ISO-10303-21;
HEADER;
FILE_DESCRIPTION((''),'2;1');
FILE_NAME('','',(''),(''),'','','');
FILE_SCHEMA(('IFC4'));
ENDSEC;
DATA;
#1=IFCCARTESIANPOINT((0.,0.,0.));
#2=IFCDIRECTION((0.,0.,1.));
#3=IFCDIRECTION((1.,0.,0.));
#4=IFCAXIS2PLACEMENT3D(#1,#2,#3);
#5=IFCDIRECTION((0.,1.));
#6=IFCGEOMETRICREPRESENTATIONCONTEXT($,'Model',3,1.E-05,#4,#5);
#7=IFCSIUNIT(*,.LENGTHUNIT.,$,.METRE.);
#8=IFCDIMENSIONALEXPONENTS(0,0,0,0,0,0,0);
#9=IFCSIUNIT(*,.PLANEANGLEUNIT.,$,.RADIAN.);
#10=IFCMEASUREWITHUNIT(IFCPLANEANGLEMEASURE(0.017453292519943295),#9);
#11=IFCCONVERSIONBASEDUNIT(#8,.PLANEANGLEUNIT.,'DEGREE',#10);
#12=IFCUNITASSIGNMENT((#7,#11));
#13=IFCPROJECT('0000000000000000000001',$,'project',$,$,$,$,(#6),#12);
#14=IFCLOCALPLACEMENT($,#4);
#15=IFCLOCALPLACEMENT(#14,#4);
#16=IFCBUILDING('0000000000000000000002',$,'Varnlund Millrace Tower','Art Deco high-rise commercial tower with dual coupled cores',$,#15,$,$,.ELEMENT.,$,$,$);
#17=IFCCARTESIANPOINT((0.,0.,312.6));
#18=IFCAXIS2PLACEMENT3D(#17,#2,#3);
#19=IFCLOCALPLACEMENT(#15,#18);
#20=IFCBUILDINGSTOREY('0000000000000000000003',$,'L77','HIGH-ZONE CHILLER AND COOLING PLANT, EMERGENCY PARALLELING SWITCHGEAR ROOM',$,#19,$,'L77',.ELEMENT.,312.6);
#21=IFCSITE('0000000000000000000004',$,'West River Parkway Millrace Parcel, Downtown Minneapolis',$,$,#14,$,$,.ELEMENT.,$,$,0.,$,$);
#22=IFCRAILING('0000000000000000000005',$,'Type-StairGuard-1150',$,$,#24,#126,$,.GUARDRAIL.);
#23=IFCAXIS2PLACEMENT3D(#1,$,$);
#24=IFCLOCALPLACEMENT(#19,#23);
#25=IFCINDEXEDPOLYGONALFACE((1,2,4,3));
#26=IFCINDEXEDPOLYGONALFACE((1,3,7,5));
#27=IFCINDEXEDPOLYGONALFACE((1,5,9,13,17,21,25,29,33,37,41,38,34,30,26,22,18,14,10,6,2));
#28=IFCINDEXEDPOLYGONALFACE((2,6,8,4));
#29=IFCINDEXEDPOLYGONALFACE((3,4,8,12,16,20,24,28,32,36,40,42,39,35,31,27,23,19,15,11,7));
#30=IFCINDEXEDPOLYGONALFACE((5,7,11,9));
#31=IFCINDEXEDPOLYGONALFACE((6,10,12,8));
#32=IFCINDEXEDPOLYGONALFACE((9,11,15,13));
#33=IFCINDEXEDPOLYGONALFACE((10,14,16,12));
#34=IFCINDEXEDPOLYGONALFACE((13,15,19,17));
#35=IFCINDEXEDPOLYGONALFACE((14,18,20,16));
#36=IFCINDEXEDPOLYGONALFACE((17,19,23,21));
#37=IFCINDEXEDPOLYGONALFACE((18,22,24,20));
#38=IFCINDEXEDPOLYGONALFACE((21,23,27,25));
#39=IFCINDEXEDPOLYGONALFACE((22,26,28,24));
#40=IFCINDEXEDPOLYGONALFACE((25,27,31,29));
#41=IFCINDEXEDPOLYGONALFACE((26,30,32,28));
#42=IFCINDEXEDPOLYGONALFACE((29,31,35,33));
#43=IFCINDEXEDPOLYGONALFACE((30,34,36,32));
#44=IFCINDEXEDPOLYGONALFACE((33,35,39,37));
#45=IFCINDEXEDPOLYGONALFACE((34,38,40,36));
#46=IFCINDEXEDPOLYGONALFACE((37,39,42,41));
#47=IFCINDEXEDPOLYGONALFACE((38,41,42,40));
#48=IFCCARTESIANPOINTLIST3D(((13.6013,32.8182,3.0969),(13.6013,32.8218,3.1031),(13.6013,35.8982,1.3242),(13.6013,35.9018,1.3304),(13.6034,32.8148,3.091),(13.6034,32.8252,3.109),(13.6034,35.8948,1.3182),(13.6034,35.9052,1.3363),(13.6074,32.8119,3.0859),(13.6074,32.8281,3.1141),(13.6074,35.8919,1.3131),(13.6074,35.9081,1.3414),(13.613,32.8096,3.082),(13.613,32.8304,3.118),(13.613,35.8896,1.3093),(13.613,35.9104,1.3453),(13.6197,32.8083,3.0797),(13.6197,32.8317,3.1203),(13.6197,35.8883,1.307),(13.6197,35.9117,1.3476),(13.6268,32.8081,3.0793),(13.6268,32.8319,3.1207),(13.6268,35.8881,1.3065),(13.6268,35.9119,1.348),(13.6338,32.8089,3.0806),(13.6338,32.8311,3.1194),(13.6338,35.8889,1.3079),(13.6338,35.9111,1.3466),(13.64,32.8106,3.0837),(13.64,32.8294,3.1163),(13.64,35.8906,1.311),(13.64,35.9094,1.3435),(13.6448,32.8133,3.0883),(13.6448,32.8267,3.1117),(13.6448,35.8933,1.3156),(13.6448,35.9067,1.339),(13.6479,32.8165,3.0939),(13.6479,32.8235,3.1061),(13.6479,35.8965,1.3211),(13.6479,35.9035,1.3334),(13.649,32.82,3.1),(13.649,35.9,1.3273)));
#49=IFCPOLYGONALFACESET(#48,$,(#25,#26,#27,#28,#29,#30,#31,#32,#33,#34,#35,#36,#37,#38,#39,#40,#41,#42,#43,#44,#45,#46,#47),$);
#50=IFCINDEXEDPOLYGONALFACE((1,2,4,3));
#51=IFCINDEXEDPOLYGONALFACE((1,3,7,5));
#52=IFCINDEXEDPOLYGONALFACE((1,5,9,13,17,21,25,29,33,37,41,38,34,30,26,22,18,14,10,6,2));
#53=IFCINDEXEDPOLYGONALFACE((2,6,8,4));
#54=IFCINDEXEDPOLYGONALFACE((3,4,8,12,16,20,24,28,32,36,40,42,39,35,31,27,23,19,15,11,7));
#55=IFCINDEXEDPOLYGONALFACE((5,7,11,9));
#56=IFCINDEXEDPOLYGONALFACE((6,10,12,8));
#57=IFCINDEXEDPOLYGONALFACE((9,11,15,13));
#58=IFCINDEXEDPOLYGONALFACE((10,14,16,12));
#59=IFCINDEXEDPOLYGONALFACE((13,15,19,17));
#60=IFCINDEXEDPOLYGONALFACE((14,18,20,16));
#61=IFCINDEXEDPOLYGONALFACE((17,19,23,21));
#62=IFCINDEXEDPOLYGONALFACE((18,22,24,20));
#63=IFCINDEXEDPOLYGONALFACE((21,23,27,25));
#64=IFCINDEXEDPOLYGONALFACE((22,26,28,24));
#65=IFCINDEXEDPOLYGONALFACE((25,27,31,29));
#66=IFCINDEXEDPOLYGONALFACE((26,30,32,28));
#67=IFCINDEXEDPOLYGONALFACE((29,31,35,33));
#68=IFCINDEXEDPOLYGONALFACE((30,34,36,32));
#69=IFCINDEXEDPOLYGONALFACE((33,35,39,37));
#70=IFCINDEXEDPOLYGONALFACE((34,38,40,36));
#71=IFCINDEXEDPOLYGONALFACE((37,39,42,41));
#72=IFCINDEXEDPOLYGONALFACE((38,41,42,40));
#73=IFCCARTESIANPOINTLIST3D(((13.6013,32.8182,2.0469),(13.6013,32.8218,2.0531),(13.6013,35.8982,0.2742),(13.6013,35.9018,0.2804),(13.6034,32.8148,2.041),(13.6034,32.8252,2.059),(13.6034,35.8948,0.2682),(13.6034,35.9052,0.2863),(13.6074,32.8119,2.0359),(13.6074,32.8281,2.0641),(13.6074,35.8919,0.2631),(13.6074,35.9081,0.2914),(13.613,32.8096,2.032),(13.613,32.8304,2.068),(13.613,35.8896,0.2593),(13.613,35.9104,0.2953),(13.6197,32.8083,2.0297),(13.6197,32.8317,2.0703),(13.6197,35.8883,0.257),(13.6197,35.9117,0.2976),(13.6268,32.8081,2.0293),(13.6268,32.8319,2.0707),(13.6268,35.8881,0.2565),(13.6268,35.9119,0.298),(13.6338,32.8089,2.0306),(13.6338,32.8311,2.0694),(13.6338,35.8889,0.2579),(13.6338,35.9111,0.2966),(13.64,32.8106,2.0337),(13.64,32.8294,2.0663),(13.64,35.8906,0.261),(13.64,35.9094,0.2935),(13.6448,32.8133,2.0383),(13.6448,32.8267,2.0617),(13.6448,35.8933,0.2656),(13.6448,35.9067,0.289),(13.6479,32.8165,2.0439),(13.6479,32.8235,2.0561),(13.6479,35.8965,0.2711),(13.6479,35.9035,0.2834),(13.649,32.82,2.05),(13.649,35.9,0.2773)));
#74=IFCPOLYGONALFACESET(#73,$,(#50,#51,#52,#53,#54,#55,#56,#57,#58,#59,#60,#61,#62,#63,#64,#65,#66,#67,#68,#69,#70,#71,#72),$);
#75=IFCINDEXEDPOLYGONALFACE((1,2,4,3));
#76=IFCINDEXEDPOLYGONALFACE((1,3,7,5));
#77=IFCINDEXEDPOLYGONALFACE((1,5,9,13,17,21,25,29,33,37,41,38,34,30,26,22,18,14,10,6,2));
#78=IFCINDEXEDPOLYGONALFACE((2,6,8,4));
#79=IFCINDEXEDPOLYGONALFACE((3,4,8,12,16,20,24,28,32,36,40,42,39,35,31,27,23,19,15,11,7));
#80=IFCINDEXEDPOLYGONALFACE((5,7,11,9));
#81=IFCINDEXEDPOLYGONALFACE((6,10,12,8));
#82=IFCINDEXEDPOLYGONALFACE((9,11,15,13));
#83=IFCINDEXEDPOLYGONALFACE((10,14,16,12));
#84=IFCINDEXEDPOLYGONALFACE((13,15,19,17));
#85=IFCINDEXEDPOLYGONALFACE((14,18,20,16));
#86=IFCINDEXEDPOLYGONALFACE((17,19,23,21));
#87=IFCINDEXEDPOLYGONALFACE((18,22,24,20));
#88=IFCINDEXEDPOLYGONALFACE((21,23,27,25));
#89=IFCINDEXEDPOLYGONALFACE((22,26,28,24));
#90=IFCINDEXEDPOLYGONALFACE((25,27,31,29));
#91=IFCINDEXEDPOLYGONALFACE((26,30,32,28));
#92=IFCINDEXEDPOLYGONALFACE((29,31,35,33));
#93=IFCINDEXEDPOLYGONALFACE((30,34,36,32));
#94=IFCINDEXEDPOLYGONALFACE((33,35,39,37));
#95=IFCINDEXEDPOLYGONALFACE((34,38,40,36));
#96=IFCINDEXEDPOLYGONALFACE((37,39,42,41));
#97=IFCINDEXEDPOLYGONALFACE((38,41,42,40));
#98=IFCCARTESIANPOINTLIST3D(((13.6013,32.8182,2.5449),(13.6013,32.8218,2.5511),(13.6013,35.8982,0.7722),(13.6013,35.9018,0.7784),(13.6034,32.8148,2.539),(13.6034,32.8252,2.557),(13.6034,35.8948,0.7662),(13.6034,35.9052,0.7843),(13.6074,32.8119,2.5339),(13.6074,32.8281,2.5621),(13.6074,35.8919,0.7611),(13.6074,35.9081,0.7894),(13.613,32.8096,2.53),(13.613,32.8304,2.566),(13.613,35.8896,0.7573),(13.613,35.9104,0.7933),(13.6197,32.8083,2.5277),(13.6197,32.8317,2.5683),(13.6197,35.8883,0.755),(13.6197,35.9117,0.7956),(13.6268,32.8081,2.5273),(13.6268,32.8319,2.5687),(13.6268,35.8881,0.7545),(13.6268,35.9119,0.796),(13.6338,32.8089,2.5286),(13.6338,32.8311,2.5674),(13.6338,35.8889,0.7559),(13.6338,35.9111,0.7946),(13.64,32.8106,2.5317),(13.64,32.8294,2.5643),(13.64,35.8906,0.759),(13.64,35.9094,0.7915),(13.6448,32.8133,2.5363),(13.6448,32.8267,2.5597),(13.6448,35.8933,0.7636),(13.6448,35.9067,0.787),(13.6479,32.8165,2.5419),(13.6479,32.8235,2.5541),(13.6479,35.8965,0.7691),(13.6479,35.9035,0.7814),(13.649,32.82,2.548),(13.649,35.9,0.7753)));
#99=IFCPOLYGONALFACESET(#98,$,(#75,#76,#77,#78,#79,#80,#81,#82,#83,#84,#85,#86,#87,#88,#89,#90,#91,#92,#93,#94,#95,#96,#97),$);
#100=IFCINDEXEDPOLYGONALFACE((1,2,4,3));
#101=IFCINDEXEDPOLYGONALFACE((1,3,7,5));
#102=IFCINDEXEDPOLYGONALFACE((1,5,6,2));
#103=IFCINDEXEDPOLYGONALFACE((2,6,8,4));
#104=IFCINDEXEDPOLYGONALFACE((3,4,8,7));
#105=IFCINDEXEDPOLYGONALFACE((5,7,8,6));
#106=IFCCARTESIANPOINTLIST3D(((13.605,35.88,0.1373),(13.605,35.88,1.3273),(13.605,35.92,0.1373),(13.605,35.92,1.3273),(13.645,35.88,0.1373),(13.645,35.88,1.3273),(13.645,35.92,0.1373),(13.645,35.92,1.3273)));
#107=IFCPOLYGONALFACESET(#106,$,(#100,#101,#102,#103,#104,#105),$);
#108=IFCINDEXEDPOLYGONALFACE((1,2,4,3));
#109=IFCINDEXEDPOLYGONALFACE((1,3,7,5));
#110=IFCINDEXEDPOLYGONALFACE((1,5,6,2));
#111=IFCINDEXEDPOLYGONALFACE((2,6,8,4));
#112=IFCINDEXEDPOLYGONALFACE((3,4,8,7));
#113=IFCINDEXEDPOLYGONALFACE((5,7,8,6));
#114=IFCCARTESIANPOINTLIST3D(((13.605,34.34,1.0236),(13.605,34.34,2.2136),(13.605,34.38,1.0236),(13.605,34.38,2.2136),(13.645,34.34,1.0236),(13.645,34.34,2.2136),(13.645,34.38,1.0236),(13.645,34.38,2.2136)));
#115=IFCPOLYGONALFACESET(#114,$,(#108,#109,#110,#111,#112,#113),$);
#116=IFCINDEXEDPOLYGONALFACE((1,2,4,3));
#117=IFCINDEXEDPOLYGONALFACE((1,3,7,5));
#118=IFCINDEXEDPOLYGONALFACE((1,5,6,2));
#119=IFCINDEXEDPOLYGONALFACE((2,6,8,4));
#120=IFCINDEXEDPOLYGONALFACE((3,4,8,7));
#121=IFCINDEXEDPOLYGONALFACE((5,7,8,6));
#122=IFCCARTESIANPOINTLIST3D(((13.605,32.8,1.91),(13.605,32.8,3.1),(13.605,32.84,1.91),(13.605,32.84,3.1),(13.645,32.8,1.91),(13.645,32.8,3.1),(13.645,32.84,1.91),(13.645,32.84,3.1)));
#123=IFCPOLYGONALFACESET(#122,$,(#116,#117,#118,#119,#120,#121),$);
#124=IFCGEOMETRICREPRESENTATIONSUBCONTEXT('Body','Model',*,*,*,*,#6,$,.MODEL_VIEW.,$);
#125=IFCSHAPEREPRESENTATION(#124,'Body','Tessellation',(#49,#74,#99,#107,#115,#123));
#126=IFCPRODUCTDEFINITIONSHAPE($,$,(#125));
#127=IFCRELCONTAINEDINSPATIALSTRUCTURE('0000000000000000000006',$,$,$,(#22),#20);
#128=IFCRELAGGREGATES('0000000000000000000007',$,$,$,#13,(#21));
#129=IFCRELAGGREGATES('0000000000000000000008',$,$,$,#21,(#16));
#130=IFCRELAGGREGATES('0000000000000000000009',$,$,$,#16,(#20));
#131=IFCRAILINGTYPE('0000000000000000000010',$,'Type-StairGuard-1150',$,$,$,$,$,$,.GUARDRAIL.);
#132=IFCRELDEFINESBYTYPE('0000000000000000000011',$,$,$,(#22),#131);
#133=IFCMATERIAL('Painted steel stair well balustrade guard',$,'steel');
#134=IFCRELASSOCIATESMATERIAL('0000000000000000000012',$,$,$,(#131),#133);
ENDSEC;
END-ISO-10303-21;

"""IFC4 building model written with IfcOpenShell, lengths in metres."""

from ifc_helpers import new_model, entity, si_unit, converted_unit, direction, frame, origin_with_axes, origin_2d_with_axis, place, context, subcontext, project, spatial, rectangle, circle, extrude, material, type_object, element, save


model = new_model("IFC4")

# Units and contexts
model_context = context("Model", 3, precision=1e-05, world=origin_with_axes(), true_north=direction((0.0, 1.0)))
body_context = subcontext(model_context, "Body", "Model", "MODEL_VIEW")
ifc_project = project(units=[si_unit("LENGTHUNIT", "METRE"), converted_unit("PLANEANGLEUNIT", "DEGREE", entity("IfcPlaneAngleMeasure", 0.017453292519943295), si_unit("PLANEANGLEUNIT", "RADIAN"), dimensions=[0, 0, 0, 0, 0, 0, 0])], contexts=[model_context])

# Site, building, storey
site_placement = place(None, origin_with_axes())
site = spatial("IfcSite", under=ifc_project, at=site_placement, Name="West River Parkway Millrace Parcel, Downtown Minneapolis", CompositionType="ELEMENT", RefElevation=0.0)
building_placement = place(site_placement, origin_with_axes())
building = spatial("IfcBuilding", under=site, at=building_placement, Name="Varnlund Millrace Tower", Description="Art Deco high-rise commercial tower with dual coupled cores", CompositionType="ELEMENT")
storey_placement = place(building_placement, frame((0.0, 0.0, 312.6), z_axis=(0.0, 0.0, 1.0), x_axis=(1.0, 0.0, 0.0)))
storey = spatial("IfcBuildingStorey", under=building, at=storey_placement, Name="L77", Description="HIGH-ZONE CHILLER AND COOLING PLANT, EMERGENCY PARALLELING SWITCHGEAR ROOM", LongName="L77", CompositionType="ELEMENT", Elevation=312.6)

# Railing
ifc_material_1 = material(Name="Painted steel stair well balustrade guard", Category="steel")
railing_type_1 = type_object("IfcRailingType", Name="Type-StairGuard-1150", PredefinedType="GUARDRAIL", material=ifc_material_1)
railing_1_placement = place(storey_placement, frame((0.0, 0.0, -312.6), z_axis=(0.0, 0.0, 1.0), x_axis=(1.0, 0.0, 0.0)))
element("IfcRailing", 1, at=railing_1_placement, inside=storey, type_object=railing_type_1, Name="Type-StairGuard-1150", PredefinedType="GUARDRAIL", context=body_context, shape_type="SweptSolid", body=[
    extrude(circle(Radius=0.024, at=origin_2d_with_axis()), frame((13.625, 35.9, 313.9273), z_axis=(0.0, -0.866696, 0.498836), x_axis=(1.0, 0.0, 0.0)), (0.0, 0.0, 1.0), 3.5537),
    extrude(circle(Radius=0.024, at=origin_2d_with_axis()), frame((13.625, 35.9, 312.8773), z_axis=(0.0, -0.866696, 0.498836), x_axis=(1.0, 0.0, 0.0)), (0.0, 0.0, 1.0), 3.5537),
    extrude(circle(Radius=0.024, at=origin_2d_with_axis()), frame((13.625, 35.9, 313.3753), z_axis=(0.0, -0.866696, 0.498836), x_axis=(1.0, 0.0, 0.0)), (0.0, 0.0, 1.0), 3.5537),
    extrude(rectangle(XDim=0.04, YDim=0.04, at=origin_2d_with_axis()), frame((13.625, 35.9, 312.7373), z_axis=(0.0, 0.0, 1.0), x_axis=(1.0, 0.0, 0.0)), (0.0, 0.0, 1.0), 1.19),
    extrude(rectangle(XDim=0.04, YDim=0.04, at=origin_2d_with_axis()), frame((13.625, 34.36, 313.6236), z_axis=(0.0, 0.0, 1.0), x_axis=(1.0, 0.0, 0.0)), (0.0, 0.0, 1.0), 1.19),
    extrude(rectangle(XDim=0.04, YDim=0.04, at=origin_2d_with_axis()), frame((13.625, 32.82, 314.51), z_axis=(0.0, 0.0, 1.0), x_axis=(1.0, 0.0, 0.0)), (0.0, 0.0, 1.0), 1.19),
])

save(model, "model.ifc")
